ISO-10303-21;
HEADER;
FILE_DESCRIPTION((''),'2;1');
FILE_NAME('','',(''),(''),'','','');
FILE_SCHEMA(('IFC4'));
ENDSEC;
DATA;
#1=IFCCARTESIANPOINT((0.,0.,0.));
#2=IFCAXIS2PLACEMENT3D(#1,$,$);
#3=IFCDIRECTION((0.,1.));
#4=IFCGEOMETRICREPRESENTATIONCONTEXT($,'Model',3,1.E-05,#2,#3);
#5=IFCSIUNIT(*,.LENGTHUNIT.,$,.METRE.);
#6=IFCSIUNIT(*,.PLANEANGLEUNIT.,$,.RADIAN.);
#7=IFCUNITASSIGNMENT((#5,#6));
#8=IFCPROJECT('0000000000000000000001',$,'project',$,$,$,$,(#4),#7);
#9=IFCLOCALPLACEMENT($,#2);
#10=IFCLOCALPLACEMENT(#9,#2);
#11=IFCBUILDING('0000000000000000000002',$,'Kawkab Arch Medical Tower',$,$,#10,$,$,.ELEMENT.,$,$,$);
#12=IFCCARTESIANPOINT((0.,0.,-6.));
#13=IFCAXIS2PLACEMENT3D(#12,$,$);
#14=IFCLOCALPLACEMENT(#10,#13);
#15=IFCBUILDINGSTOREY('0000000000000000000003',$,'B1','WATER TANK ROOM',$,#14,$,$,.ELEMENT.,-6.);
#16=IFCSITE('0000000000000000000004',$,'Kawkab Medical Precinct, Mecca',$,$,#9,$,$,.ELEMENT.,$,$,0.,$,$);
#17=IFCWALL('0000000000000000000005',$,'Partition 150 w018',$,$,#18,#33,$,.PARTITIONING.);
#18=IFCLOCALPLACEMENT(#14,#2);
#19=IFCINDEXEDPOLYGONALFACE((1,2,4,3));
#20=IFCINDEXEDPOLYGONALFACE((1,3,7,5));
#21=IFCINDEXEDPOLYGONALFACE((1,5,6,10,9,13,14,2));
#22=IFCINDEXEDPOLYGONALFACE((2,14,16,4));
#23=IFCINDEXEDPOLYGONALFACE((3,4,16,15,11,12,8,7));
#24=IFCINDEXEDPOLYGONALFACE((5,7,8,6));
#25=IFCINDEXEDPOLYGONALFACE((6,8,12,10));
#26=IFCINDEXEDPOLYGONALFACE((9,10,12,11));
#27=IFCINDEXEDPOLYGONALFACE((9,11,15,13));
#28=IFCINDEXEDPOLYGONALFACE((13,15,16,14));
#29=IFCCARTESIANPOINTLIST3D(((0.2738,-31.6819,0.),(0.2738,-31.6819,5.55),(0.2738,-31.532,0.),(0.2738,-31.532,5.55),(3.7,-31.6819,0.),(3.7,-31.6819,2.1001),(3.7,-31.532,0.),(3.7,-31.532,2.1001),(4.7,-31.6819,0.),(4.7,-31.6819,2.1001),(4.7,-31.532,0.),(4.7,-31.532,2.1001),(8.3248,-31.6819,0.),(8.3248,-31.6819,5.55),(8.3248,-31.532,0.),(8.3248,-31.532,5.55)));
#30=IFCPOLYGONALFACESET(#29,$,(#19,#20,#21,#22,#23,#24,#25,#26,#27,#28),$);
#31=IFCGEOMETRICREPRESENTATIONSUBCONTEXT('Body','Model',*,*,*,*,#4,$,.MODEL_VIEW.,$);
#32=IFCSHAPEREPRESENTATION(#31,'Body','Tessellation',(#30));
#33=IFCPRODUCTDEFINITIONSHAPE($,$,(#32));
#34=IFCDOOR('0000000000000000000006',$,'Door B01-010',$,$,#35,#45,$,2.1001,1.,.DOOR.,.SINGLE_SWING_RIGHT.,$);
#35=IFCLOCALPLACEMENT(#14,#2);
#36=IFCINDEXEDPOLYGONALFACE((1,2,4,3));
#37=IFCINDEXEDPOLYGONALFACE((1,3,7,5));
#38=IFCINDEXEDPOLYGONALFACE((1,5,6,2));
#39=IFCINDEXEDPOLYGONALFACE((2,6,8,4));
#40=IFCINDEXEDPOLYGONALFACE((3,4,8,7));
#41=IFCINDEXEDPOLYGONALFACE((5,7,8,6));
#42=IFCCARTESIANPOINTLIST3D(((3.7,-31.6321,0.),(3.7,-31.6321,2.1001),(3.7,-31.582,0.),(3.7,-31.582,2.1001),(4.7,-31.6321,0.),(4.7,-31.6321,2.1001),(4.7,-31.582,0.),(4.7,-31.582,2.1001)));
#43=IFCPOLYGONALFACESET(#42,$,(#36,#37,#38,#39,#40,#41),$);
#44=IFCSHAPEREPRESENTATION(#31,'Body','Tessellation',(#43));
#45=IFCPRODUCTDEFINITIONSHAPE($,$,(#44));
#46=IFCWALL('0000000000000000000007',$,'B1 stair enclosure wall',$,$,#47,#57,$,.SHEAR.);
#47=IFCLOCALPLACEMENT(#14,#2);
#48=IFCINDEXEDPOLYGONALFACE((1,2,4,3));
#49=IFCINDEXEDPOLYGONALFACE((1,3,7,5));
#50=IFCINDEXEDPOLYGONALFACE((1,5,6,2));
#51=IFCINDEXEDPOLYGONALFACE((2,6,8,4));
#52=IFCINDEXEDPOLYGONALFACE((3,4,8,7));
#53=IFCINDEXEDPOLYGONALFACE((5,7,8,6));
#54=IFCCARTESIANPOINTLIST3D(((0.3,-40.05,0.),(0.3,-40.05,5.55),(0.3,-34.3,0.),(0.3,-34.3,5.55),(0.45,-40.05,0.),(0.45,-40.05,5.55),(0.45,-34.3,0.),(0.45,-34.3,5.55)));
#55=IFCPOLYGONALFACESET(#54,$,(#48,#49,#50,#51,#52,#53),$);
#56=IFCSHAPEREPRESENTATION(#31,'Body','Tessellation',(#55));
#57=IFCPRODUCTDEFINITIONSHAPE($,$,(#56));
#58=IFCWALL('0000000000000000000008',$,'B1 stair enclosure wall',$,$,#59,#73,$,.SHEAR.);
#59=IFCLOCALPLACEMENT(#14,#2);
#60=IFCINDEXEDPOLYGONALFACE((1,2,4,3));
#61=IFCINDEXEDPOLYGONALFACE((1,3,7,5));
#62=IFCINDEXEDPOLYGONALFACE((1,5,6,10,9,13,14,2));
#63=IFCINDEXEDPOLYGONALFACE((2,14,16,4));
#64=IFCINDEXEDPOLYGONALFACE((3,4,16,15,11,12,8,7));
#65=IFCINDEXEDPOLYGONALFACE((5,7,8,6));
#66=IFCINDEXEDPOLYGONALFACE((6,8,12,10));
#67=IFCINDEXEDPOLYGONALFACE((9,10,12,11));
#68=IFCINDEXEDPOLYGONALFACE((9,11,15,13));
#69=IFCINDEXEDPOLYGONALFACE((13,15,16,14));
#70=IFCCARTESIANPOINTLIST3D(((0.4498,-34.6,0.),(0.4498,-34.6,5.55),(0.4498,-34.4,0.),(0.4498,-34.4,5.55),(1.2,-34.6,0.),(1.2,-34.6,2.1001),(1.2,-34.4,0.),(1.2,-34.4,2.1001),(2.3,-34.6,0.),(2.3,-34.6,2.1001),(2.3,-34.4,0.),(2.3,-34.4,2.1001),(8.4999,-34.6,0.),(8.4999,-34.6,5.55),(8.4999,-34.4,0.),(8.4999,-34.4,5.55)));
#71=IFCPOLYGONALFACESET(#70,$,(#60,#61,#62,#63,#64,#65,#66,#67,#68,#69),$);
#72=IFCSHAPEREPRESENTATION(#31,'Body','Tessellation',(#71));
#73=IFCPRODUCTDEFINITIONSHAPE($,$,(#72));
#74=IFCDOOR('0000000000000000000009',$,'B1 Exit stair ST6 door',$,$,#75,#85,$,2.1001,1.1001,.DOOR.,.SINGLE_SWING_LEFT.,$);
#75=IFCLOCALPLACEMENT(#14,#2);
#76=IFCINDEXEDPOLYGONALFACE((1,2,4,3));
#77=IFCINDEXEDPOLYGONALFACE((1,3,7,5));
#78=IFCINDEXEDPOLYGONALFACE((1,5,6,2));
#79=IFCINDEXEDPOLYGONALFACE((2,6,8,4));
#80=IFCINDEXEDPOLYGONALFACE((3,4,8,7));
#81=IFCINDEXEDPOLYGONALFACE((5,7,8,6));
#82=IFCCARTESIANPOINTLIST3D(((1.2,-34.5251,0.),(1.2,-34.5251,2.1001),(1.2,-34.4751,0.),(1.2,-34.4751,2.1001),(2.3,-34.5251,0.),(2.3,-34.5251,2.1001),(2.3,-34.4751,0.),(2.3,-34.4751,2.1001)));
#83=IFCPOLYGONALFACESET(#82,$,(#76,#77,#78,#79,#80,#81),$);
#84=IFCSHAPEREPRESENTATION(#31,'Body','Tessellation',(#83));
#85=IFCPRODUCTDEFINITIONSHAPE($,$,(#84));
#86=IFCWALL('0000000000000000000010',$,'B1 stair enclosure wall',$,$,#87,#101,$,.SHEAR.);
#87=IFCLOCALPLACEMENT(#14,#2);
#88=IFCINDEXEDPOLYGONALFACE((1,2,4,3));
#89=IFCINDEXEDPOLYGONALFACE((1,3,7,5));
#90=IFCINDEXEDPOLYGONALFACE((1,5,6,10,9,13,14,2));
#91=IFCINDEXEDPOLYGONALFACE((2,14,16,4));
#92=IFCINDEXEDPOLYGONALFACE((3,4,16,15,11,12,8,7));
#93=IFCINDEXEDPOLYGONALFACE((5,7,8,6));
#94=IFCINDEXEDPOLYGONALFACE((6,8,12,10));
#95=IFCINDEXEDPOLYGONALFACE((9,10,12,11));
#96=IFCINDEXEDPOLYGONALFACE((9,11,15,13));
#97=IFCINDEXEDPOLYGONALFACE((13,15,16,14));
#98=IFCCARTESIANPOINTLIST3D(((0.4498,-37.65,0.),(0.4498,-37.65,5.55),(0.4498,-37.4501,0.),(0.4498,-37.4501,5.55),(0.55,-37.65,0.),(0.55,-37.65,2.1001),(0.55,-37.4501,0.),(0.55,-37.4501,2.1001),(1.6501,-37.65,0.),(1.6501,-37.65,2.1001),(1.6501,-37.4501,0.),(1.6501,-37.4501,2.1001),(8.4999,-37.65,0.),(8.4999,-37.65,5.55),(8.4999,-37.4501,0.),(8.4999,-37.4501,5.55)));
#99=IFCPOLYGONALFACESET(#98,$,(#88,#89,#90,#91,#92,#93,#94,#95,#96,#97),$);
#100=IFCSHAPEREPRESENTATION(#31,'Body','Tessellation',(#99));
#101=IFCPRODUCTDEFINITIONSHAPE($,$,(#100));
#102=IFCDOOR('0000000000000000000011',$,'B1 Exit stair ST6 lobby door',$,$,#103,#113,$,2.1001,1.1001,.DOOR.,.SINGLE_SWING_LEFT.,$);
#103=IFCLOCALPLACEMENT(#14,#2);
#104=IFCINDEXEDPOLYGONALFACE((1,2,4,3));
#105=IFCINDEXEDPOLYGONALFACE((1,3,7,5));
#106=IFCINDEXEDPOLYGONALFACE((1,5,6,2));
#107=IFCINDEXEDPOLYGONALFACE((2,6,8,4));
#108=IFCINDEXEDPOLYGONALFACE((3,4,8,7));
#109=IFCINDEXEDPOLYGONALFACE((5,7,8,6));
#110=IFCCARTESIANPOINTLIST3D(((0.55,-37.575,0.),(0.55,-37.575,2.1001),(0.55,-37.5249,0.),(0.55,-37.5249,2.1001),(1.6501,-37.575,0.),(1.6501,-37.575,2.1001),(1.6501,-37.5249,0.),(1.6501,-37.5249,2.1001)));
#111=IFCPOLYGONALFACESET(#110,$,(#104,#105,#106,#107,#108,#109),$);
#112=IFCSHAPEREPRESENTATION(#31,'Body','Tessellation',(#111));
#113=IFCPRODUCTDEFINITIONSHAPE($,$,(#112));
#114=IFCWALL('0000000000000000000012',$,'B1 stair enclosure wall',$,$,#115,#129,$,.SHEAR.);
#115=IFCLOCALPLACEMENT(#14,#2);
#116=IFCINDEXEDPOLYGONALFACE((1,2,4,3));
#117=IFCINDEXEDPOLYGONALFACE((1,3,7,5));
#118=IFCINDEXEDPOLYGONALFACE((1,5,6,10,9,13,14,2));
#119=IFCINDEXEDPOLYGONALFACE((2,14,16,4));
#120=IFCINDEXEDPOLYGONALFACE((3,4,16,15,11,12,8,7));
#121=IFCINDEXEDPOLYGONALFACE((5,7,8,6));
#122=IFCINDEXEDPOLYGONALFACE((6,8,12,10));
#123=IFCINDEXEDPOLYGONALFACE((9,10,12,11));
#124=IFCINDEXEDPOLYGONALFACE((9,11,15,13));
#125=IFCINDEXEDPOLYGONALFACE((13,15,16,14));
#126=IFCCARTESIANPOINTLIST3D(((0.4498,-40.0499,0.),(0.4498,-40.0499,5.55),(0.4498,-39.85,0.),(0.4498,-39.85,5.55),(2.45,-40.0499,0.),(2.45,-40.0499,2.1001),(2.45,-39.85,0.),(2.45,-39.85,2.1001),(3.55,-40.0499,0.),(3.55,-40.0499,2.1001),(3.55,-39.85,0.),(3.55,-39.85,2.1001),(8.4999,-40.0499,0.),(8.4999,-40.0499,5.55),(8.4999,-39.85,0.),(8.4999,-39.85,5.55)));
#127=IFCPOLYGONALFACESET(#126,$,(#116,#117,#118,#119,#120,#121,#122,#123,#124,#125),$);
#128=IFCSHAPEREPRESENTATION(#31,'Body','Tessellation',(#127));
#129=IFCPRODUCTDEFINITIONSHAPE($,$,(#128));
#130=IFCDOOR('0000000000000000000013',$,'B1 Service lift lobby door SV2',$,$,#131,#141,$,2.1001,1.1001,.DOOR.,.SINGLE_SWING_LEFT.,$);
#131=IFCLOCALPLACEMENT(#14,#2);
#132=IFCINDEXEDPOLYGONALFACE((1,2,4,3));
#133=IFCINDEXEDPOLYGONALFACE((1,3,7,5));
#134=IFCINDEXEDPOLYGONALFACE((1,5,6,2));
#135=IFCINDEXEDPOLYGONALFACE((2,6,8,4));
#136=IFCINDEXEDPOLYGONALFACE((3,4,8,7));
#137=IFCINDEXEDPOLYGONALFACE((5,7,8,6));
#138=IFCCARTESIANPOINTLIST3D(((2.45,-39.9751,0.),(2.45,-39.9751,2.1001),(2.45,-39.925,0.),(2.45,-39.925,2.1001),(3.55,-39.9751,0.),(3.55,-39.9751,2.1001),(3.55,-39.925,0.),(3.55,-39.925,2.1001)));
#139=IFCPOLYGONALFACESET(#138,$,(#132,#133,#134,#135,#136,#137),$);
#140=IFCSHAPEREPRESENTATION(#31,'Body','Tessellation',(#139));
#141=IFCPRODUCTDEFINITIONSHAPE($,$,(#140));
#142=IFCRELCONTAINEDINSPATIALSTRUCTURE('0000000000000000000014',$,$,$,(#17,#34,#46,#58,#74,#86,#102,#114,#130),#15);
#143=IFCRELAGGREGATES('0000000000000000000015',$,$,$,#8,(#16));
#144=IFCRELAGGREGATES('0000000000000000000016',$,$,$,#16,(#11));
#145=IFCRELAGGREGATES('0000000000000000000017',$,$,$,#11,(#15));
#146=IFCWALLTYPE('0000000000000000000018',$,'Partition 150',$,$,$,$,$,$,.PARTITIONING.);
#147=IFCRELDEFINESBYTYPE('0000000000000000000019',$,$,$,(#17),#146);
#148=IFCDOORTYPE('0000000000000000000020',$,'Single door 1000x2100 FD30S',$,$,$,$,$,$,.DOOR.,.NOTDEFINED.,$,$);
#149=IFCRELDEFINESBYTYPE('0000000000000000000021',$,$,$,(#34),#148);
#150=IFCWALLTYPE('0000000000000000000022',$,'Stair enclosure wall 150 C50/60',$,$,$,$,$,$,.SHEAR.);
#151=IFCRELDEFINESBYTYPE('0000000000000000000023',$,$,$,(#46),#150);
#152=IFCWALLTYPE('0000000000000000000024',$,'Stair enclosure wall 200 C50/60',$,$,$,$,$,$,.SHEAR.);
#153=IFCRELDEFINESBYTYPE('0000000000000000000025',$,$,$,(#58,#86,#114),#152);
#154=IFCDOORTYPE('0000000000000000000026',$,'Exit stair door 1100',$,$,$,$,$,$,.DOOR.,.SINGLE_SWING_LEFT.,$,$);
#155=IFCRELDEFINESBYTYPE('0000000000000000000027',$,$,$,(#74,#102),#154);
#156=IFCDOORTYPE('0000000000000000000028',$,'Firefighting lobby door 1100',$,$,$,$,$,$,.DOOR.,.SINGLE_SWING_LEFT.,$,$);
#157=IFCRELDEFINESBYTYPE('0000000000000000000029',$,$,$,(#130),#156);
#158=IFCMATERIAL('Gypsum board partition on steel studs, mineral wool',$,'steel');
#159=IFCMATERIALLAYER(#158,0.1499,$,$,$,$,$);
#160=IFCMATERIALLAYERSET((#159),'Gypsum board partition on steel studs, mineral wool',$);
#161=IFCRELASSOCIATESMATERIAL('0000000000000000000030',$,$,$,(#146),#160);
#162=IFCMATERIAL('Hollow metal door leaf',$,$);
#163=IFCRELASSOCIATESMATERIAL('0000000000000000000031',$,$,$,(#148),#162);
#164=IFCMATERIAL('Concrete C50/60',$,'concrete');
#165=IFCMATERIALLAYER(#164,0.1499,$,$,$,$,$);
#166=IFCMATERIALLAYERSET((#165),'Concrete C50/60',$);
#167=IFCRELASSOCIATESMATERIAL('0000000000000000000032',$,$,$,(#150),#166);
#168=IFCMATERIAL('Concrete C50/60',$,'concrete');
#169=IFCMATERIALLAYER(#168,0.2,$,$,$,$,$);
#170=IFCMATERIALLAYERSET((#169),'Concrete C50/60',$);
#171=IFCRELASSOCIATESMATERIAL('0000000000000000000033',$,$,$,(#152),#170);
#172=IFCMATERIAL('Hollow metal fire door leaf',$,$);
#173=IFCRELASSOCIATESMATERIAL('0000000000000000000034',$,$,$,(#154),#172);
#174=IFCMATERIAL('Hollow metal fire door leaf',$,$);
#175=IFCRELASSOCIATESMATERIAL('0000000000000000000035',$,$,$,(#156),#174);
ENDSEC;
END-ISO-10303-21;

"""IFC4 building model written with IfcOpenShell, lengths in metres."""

from ifc_helpers import new_model, si_unit, direction, frame, frame_2d, origin, place, context, subcontext, project, spatial, rectangle, extrude, material, layer, layer_set, type_object, element, fill, save


model = new_model("IFC4")

# Units and contexts
model_context = context("Model", 3, precision=1e-05, world=origin(), true_north=direction((0.0, 1.0)))
body_context = subcontext(model_context, "Body", "Model", "MODEL_VIEW")
ifc_project = project(units=[si_unit("LENGTHUNIT", "METRE"), si_unit("PLANEANGLEUNIT", "RADIAN")], contexts=[model_context])

# Site, building, storey
site_placement = place(None, origin())
site = spatial("IfcSite", under=ifc_project, at=site_placement, Name="Kawkab Medical Precinct, Mecca", CompositionType="ELEMENT", RefElevation=0.0)
building_placement = place(site_placement, origin())
building = spatial("IfcBuilding", under=site, at=building_placement, Name="Kawkab Arch Medical Tower", CompositionType="ELEMENT")
storey_placement = place(building_placement, frame((0.0, 0.0, -6.0)))
storey = spatial("IfcBuildingStorey", under=building, at=storey_placement, Name="B1", Description="WATER TANK ROOM", CompositionType="ELEMENT", Elevation=-6.0)

# Wall, opening, door
ifc_material_1 = material(Name="Gypsum board partition on steel studs, mineral wool", Category="steel")
ifc_layer_1 = layer(ifc_material_1, 0.1499)
ifc_layer_set_1 = layer_set([ifc_layer_1], Name="Gypsum board partition on steel studs, mineral wool")
wall_type_1 = type_object("IfcWallType", Name="Partition 150", PredefinedType="PARTITIONING", material=ifc_layer_set_1)
wall_1_placement = place(storey_placement, frame((0.2739, -31.6069, 0.0), z_axis=(0.0, 0.0, 1.0), x_axis=(1.0, 0.0, 0.0)))
wall_1 = element("IfcWall", 1, at=wall_1_placement, inside=storey, type_object=wall_type_1, Name="Partition 150 w018", PredefinedType="PARTITIONING", context=body_context, shape_type="SweptSolid", body=[
    extrude(rectangle(XDim=8.051, YDim=0.1499, at=frame_2d((4.0254, 0.0))), origin(), (0.0, 0.0, 1.0), 5.55),
])
opening_1_placement = place(wall_1_placement, frame((3.426, 0.0, 0.0)))
opening_1 = element("IfcOpeningElement", 2, at=opening_1_placement, cuts=wall_1, PredefinedType="OPENING", context=body_context, shape_type="SweptSolid", body=[
    extrude(rectangle(XDim=1.0, YDim=2.1001, at=frame_2d((0.5, 1.05))), frame((0.0, 0.085, 0.0), z_axis=(0.0, -1.0, 0.0), x_axis=(1.0, 0.0, 0.0)), (0.0, 0.0, 1.0), 0.1699),
])
ifc_material_2 = material(Name="Hollow metal door leaf")
door_type_1 = type_object("IfcDoorType", Name="Single door 1000x2100 FD30S", OperationType="NOTDEFINED", PredefinedType="DOOR", material=ifc_material_2)
door_1_placement = place(opening_1_placement, origin())
door_1 = element("IfcDoor", 3, at=door_1_placement, inside=storey, type_object=door_type_1, Name="Door B01-010", OperationType="SINGLE_SWING_RIGHT", OverallHeight=2.1001, OverallWidth=1.0, PredefinedType="DOOR", context=body_context, shape_type="SweptSolid", body=[
    extrude(rectangle(XDim=1.0, YDim=2.1001, at=frame_2d((0.5, 1.05))), frame((0.0, 0.0249, 0.0), z_axis=(0.0, -1.0, 0.0), x_axis=(1.0, 0.0, 0.0)), (0.0, 0.0, 1.0), 0.05),
])
fill(opening_1, door_1)

# Wall
ifc_material_3 = material(Name="Concrete C50/60", Category="concrete")
ifc_layer_2 = layer(ifc_material_3, 0.1499)
ifc_layer_set_2 = layer_set([ifc_layer_2], Name="Concrete C50/60")
wall_type_2 = type_object("IfcWallType", Name="Stair enclosure wall 150 C50/60", PredefinedType="SHEAR", material=ifc_layer_set_2)
wall_2_placement = place(storey_placement, frame((0.375, -40.05, 0.0), z_axis=(0.0, 0.0, 1.0), x_axis=(0.0, 1.0, 0.0)))
element("IfcWall", 4, at=wall_2_placement, inside=storey, type_object=wall_type_2, Name="B1 stair enclosure wall", PredefinedType="SHEAR", context=body_context, shape_type="SweptSolid", body=[
    extrude(rectangle(XDim=5.75, YDim=0.1499, at=frame_2d((2.875, 0.0))), origin(), (0.0, 0.0, 1.0), 5.55),
])

# Walls, openings, doors
ifc_material_4 = material(Name="Concrete C50/60", Category="concrete")
ifc_layer_3 = layer(ifc_material_4, 0.2)
ifc_layer_set_3 = layer_set([ifc_layer_3], Name="Concrete C50/60")
wall_type_3 = type_object("IfcWallType", Name="Stair enclosure wall 200 C50/60", PredefinedType="SHEAR", material=ifc_layer_set_3)
wall_3_placement = place(storey_placement, frame((0.45, -34.5, 0.0), z_axis=(0.0, 0.0, 1.0), x_axis=(1.0, 0.0, 0.0)))
wall_3 = element("IfcWall", 5, at=wall_3_placement, inside=storey, type_object=wall_type_3, Name="B1 stair enclosure wall", PredefinedType="SHEAR", context=body_context, shape_type="SweptSolid", body=[
    extrude(rectangle(XDim=8.05, YDim=0.2, at=frame_2d((4.0249, 0.0))), origin(), (0.0, 0.0, 1.0), 5.55),
])
opening_2_placement = place(wall_3_placement, frame((0.75, 0.0, 0.0)))
opening_2 = element("IfcOpeningElement", 6, at=opening_2_placement, cuts=wall_3, PredefinedType="OPENING", context=body_context, shape_type="SweptSolid", body=[
    extrude(rectangle(XDim=1.1001, YDim=2.1001, at=frame_2d((0.55, 1.05))), frame((0.0, 0.1099, 0.0), z_axis=(0.0, -1.0, 0.0), x_axis=(1.0, 0.0, 0.0)), (0.0, 0.0, 1.0), 0.22),
])
ifc_material_5 = material(Name="Hollow metal fire door leaf")
door_type_2 = type_object("IfcDoorType", Name="Exit stair door 1100", OperationType="SINGLE_SWING_LEFT", PredefinedType="DOOR", material=ifc_material_5)
door_2_placement = place(opening_2_placement, origin())
door_2 = element("IfcDoor", 7, at=door_2_placement, inside=storey, type_object=door_type_2, Name="B1 Exit stair ST6 door", OperationType="SINGLE_SWING_LEFT", OverallHeight=2.1001, OverallWidth=1.1001, PredefinedType="DOOR", context=body_context, shape_type="SweptSolid", body=[
    extrude(rectangle(XDim=1.1001, YDim=2.1001, at=frame_2d((0.55, 1.05))), frame((0.0, 0.0249, 0.0), z_axis=(0.0, -1.0, 0.0), x_axis=(1.0, 0.0, 0.0)), (0.0, 0.0, 1.0), 0.05),
])
fill(opening_2, door_2)
wall_4_placement = place(storey_placement, frame((0.45, -37.55, 0.0), z_axis=(0.0, 0.0, 1.0), x_axis=(1.0, 0.0, 0.0)))
wall_4 = element("IfcWall", 8, at=wall_4_placement, inside=storey, type_object=wall_type_3, Name="B1 stair enclosure wall", PredefinedType="SHEAR", context=body_context, shape_type="SweptSolid", body=[
    extrude(rectangle(XDim=8.05, YDim=0.2, at=frame_2d((4.0249, 0.0))), origin(), (0.0, 0.0, 1.0), 5.55),
])
opening_3_placement = place(wall_4_placement, frame((0.1001, 0.0, 0.0)))
opening_3 = element("IfcOpeningElement", 9, at=opening_3_placement, cuts=wall_4, PredefinedType="OPENING", context=body_context, shape_type="SweptSolid", body=[
    extrude(rectangle(XDim=1.1001, YDim=2.1001, at=frame_2d((0.55, 1.05))), frame((0.0, 0.1099, 0.0), z_axis=(0.0, -1.0, 0.0), x_axis=(1.0, 0.0, 0.0)), (0.0, 0.0, 1.0), 0.22),
])
door_3_placement = place(opening_3_placement, frame((1.1001, 0.0, 0.0), z_axis=(0.0, 0.0, 1.0), x_axis=(-1.0, 0.0, 0.0)))
door_3 = element("IfcDoor", 10, at=door_3_placement, inside=storey, type_object=door_type_2, Name="B1 Exit stair ST6 lobby door", OperationType="SINGLE_SWING_LEFT", OverallHeight=2.1001, OverallWidth=1.1001, PredefinedType="DOOR", context=body_context, shape_type="SweptSolid", body=[
    extrude(rectangle(XDim=1.1001, YDim=2.1001, at=frame_2d((0.55, 1.05))), frame((0.0, 0.0249, 0.0), z_axis=(0.0, -1.0, 0.0), x_axis=(1.0, 0.0, 0.0)), (0.0, 0.0, 1.0), 0.05),
])
fill(opening_3, door_3)
wall_5_placement = place(storey_placement, frame((0.45, -39.95, 0.0), z_axis=(0.0, 0.0, 1.0), x_axis=(1.0, 0.0, 0.0)))
wall_5 = element("IfcWall", 11, at=wall_5_placement, inside=storey, type_object=wall_type_3, Name="B1 stair enclosure wall", PredefinedType="SHEAR", context=body_context, shape_type="SweptSolid", body=[
    extrude(rectangle(XDim=8.05, YDim=0.2, at=frame_2d((4.0249, 0.0))), origin(), (0.0, 0.0, 1.0), 5.55),
])
opening_4_placement = place(wall_5_placement, frame((2.0, 0.0, 0.0)))
opening_4 = element("IfcOpeningElement", 12, at=opening_4_placement, cuts=wall_5, PredefinedType="OPENING", context=body_context, shape_type="SweptSolid", body=[
    extrude(rectangle(XDim=1.1001, YDim=2.1001, at=frame_2d((0.55, 1.05))), frame((0.0, 0.1099, 0.0), z_axis=(0.0, -1.0, 0.0), x_axis=(1.0, 0.0, 0.0)), (0.0, 0.0, 1.0), 0.22),
])
ifc_material_6 = material(Name="Hollow metal fire door leaf")
door_type_3 = type_object("IfcDoorType", Name="Firefighting lobby door 1100", OperationType="SINGLE_SWING_LEFT", PredefinedType="DOOR", material=ifc_material_6)
door_4_placement = place(opening_4_placement, origin())
door_4 = element("IfcDoor", 13, at=door_4_placement, inside=storey, type_object=door_type_3, Name="B1 Service lift lobby door SV2", OperationType="SINGLE_SWING_LEFT", OverallHeight=2.1001, OverallWidth=1.1001, PredefinedType="DOOR", context=body_context, shape_type="SweptSolid", body=[
    extrude(rectangle(XDim=1.1001, YDim=2.1001, at=frame_2d((0.55, 1.05))), frame((0.0, 0.0249, 0.0), z_axis=(0.0, -1.0, 0.0), x_axis=(1.0, 0.0, 0.0)), (0.0, 0.0, 1.0), 0.05),
])
fill(opening_4, door_4)

save(model, "model.ifc")
